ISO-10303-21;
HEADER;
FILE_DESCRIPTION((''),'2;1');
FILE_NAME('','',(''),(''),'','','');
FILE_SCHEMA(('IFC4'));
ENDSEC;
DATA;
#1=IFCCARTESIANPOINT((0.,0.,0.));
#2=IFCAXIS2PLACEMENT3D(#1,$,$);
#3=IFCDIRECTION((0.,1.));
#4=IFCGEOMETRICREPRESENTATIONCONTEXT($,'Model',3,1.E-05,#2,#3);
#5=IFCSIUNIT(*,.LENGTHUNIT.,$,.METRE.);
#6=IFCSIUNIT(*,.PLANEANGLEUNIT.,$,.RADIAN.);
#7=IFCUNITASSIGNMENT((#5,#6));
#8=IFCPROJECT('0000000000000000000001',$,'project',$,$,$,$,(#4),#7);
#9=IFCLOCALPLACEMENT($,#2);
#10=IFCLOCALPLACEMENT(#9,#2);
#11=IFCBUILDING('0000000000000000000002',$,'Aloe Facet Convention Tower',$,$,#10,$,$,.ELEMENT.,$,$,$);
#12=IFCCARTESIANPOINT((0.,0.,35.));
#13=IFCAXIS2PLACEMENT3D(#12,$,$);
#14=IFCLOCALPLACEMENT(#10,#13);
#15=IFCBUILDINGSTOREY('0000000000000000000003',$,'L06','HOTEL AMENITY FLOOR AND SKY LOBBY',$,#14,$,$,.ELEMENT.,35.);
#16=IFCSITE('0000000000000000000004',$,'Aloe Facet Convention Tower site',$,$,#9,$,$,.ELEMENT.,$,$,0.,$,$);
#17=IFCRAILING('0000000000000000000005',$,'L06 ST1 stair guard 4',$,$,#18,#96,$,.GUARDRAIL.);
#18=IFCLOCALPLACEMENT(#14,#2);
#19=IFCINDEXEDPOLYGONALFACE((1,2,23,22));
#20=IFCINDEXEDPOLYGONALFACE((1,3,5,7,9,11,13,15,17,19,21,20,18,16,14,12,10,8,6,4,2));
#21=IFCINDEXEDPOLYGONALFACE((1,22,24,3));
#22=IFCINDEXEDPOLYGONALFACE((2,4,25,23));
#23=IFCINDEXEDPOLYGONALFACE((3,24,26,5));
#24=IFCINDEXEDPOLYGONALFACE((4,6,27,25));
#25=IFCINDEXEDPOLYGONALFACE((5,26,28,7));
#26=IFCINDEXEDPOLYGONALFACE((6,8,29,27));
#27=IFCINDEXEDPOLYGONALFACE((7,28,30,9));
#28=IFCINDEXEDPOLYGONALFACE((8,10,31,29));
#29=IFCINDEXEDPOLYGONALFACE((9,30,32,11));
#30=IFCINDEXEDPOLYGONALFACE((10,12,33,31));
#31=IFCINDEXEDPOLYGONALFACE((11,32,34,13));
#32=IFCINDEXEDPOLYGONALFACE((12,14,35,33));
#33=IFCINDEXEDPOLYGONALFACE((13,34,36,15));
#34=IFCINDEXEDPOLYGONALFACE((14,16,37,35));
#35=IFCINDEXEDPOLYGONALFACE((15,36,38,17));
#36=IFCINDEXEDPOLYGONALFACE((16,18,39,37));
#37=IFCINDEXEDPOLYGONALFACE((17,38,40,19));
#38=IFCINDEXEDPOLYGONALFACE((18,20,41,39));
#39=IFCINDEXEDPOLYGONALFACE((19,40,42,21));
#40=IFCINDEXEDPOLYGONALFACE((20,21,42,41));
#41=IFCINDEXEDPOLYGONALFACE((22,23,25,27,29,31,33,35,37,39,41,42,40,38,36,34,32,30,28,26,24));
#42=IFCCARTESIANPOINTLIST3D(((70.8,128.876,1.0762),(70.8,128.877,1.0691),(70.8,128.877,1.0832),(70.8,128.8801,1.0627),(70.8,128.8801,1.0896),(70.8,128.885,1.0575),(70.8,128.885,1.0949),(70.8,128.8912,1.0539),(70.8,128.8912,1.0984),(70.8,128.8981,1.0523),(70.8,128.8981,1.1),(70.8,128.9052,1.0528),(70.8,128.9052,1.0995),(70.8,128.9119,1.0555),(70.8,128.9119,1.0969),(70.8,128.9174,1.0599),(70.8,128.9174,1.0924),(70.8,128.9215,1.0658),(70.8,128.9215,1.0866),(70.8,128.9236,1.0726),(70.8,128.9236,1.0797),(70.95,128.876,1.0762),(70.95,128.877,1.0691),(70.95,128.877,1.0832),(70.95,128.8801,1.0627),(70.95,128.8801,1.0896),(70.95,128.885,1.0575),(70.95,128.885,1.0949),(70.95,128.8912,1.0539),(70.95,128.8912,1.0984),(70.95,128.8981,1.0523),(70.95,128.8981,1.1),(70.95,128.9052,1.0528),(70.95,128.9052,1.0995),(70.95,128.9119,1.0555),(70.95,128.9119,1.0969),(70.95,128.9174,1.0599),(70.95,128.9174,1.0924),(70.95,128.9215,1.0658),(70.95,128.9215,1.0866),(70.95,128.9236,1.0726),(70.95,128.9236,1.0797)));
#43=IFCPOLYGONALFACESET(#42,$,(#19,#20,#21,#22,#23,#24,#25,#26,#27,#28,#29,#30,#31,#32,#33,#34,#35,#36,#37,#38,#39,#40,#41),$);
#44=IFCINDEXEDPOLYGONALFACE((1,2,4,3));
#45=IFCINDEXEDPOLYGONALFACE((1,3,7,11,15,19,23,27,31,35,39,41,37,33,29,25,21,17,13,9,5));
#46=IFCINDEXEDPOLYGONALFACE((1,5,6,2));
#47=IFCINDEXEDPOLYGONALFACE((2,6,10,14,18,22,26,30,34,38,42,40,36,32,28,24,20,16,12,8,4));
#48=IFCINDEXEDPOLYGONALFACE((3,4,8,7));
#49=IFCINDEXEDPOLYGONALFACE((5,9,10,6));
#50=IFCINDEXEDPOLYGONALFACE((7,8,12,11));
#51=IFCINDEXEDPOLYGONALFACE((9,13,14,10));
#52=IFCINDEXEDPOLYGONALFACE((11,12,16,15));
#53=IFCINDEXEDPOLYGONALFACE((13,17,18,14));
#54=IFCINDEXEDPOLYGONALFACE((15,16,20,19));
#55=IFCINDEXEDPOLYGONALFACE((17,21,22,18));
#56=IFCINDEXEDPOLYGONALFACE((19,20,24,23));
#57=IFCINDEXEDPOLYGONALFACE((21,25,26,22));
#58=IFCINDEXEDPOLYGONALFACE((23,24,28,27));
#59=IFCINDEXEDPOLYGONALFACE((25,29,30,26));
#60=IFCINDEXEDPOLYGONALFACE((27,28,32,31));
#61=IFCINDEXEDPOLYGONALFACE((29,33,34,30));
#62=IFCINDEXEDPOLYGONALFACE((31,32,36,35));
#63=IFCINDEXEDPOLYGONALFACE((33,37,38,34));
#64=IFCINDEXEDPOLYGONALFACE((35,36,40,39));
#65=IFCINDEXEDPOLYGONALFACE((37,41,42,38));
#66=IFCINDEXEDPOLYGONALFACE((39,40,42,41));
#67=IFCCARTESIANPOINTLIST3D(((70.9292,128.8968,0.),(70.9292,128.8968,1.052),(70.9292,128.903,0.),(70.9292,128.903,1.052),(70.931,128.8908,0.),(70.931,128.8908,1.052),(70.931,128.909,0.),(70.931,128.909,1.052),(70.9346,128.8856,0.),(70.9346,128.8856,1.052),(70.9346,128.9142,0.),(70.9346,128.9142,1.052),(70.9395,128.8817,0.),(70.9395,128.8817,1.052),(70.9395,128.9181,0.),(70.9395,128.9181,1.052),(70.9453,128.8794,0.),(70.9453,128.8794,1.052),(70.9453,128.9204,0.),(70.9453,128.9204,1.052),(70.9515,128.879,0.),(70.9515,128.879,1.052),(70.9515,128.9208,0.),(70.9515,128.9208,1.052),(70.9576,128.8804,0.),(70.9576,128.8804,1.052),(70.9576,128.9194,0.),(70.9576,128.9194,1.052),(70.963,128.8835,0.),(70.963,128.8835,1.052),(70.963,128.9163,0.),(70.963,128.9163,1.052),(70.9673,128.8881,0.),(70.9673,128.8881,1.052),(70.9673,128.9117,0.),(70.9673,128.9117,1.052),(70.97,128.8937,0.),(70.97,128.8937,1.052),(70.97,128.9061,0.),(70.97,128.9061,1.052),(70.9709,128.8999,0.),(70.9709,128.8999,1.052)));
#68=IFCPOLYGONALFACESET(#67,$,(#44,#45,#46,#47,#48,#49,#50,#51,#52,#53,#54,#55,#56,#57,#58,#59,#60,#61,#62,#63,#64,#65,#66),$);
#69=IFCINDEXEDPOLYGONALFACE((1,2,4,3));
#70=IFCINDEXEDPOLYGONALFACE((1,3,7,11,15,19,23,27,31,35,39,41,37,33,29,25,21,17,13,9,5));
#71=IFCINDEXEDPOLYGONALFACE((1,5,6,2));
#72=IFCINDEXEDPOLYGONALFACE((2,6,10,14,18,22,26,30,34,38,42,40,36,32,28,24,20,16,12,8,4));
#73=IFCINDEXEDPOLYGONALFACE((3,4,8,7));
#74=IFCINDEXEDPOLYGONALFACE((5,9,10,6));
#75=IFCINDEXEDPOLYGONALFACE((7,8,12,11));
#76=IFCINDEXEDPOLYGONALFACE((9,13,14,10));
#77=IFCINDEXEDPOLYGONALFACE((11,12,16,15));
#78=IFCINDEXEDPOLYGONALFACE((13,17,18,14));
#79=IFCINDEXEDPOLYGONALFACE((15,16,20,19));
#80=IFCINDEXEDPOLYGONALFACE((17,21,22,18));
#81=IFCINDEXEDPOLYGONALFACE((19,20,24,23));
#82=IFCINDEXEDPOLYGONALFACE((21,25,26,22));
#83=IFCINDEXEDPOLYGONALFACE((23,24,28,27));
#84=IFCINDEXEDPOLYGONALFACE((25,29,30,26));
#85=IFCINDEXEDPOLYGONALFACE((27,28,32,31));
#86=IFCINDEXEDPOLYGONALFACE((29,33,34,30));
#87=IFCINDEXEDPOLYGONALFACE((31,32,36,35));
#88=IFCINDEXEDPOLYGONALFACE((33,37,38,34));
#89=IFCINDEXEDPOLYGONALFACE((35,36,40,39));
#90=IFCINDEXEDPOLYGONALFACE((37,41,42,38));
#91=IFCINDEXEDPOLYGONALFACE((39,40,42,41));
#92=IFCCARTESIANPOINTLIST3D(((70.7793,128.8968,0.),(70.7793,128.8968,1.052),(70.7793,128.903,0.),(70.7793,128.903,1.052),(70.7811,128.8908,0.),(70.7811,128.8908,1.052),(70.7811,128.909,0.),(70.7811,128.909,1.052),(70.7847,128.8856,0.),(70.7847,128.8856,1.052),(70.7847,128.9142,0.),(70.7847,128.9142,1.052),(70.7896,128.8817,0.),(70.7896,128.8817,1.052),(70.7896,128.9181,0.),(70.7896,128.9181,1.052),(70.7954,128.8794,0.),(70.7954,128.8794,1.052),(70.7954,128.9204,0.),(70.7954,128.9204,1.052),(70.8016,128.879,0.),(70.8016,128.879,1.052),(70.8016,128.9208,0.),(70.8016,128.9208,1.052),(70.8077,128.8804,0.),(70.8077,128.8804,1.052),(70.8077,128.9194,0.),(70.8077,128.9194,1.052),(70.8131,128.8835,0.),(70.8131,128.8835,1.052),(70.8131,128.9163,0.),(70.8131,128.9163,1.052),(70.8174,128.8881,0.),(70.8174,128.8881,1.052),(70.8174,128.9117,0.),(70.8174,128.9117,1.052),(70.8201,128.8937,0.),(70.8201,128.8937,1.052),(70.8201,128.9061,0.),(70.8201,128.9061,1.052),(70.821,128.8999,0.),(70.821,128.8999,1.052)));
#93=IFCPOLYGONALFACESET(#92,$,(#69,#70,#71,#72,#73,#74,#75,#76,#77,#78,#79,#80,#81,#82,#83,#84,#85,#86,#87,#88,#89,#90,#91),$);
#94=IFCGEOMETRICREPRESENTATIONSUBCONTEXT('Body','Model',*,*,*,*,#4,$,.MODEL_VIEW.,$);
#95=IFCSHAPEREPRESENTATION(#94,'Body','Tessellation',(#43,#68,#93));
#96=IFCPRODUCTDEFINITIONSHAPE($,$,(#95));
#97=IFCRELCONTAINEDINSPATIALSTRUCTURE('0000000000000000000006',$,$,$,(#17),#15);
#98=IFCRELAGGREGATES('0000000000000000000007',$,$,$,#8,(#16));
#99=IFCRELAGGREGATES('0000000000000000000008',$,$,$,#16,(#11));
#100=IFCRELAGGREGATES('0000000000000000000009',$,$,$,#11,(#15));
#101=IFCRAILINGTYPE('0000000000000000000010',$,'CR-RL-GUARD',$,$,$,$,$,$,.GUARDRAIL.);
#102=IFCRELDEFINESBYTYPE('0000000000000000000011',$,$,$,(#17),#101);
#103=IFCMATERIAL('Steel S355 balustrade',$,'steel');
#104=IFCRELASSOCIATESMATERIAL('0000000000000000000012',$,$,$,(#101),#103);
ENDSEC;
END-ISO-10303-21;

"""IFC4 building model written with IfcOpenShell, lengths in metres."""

from ifc_helpers import new_model, si_unit, direction, frame, origin, origin_2d, place, context, subcontext, project, spatial, circle, extrude, material, type_object, element, save


model = new_model("IFC4")

# Units and contexts
model_context = context("Model", 3, precision=1e-05, world=origin(), true_north=direction((0.0, 1.0)))
body_context = subcontext(model_context, "Body", "Model", "MODEL_VIEW")
ifc_project = project(units=[si_unit("LENGTHUNIT", "METRE"), si_unit("PLANEANGLEUNIT", "RADIAN")], contexts=[model_context])

# Site, building, storey
site_placement = place(None, origin())
site = spatial("IfcSite", under=ifc_project, at=site_placement, Name="Aloe Facet Convention Tower site", CompositionType="ELEMENT", RefElevation=0.0)
building_placement = place(site_placement, origin())
building = spatial("IfcBuilding", under=site, at=building_placement, Name="Aloe Facet Convention Tower", CompositionType="ELEMENT")
storey_placement = place(building_placement, frame((0.0, 0.0, 35.0)))
storey = spatial("IfcBuildingStorey", under=building, at=storey_placement, Name="L06", Description="HOTEL AMENITY FLOOR AND SKY LOBBY", CompositionType="ELEMENT", Elevation=35.0)

# Railing
ifc_material_1 = material(Name="Steel S355 balustrade", Category="steel")
railing_type_1 = type_object("IfcRailingType", Name="CR-RL-GUARD", PredefinedType="GUARDRAIL", material=ifc_material_1)
railing_1_placement = place(storey_placement, frame((70.95, 128.8999, 0.0)))
element("IfcRailing", 1, at=railing_1_placement, inside=storey, type_object=railing_type_1, Name="L06 ST1 stair guard 4", PredefinedType="GUARDRAIL", context=body_context, shape_type="SweptSolid", body=[
    extrude(circle(Radius=0.0239, at=origin_2d()), frame((0.0, 0.0, 1.0762), z_axis=(-1.0, 0.0, 0.0), x_axis=(0.0, -1.0, 0.0)), (0.0, 0.0, 1.0), 0.1499),
    extrude(circle(Radius=0.021, at=origin_2d()), origin(), (0.0, 0.0, 1.0), 1.052),
    extrude(circle(Radius=0.021, at=origin_2d()), frame((-0.1499, 0.0, 0.0)), (0.0, 0.0, 1.0), 1.052),
])

save(model, "model.ifc")
